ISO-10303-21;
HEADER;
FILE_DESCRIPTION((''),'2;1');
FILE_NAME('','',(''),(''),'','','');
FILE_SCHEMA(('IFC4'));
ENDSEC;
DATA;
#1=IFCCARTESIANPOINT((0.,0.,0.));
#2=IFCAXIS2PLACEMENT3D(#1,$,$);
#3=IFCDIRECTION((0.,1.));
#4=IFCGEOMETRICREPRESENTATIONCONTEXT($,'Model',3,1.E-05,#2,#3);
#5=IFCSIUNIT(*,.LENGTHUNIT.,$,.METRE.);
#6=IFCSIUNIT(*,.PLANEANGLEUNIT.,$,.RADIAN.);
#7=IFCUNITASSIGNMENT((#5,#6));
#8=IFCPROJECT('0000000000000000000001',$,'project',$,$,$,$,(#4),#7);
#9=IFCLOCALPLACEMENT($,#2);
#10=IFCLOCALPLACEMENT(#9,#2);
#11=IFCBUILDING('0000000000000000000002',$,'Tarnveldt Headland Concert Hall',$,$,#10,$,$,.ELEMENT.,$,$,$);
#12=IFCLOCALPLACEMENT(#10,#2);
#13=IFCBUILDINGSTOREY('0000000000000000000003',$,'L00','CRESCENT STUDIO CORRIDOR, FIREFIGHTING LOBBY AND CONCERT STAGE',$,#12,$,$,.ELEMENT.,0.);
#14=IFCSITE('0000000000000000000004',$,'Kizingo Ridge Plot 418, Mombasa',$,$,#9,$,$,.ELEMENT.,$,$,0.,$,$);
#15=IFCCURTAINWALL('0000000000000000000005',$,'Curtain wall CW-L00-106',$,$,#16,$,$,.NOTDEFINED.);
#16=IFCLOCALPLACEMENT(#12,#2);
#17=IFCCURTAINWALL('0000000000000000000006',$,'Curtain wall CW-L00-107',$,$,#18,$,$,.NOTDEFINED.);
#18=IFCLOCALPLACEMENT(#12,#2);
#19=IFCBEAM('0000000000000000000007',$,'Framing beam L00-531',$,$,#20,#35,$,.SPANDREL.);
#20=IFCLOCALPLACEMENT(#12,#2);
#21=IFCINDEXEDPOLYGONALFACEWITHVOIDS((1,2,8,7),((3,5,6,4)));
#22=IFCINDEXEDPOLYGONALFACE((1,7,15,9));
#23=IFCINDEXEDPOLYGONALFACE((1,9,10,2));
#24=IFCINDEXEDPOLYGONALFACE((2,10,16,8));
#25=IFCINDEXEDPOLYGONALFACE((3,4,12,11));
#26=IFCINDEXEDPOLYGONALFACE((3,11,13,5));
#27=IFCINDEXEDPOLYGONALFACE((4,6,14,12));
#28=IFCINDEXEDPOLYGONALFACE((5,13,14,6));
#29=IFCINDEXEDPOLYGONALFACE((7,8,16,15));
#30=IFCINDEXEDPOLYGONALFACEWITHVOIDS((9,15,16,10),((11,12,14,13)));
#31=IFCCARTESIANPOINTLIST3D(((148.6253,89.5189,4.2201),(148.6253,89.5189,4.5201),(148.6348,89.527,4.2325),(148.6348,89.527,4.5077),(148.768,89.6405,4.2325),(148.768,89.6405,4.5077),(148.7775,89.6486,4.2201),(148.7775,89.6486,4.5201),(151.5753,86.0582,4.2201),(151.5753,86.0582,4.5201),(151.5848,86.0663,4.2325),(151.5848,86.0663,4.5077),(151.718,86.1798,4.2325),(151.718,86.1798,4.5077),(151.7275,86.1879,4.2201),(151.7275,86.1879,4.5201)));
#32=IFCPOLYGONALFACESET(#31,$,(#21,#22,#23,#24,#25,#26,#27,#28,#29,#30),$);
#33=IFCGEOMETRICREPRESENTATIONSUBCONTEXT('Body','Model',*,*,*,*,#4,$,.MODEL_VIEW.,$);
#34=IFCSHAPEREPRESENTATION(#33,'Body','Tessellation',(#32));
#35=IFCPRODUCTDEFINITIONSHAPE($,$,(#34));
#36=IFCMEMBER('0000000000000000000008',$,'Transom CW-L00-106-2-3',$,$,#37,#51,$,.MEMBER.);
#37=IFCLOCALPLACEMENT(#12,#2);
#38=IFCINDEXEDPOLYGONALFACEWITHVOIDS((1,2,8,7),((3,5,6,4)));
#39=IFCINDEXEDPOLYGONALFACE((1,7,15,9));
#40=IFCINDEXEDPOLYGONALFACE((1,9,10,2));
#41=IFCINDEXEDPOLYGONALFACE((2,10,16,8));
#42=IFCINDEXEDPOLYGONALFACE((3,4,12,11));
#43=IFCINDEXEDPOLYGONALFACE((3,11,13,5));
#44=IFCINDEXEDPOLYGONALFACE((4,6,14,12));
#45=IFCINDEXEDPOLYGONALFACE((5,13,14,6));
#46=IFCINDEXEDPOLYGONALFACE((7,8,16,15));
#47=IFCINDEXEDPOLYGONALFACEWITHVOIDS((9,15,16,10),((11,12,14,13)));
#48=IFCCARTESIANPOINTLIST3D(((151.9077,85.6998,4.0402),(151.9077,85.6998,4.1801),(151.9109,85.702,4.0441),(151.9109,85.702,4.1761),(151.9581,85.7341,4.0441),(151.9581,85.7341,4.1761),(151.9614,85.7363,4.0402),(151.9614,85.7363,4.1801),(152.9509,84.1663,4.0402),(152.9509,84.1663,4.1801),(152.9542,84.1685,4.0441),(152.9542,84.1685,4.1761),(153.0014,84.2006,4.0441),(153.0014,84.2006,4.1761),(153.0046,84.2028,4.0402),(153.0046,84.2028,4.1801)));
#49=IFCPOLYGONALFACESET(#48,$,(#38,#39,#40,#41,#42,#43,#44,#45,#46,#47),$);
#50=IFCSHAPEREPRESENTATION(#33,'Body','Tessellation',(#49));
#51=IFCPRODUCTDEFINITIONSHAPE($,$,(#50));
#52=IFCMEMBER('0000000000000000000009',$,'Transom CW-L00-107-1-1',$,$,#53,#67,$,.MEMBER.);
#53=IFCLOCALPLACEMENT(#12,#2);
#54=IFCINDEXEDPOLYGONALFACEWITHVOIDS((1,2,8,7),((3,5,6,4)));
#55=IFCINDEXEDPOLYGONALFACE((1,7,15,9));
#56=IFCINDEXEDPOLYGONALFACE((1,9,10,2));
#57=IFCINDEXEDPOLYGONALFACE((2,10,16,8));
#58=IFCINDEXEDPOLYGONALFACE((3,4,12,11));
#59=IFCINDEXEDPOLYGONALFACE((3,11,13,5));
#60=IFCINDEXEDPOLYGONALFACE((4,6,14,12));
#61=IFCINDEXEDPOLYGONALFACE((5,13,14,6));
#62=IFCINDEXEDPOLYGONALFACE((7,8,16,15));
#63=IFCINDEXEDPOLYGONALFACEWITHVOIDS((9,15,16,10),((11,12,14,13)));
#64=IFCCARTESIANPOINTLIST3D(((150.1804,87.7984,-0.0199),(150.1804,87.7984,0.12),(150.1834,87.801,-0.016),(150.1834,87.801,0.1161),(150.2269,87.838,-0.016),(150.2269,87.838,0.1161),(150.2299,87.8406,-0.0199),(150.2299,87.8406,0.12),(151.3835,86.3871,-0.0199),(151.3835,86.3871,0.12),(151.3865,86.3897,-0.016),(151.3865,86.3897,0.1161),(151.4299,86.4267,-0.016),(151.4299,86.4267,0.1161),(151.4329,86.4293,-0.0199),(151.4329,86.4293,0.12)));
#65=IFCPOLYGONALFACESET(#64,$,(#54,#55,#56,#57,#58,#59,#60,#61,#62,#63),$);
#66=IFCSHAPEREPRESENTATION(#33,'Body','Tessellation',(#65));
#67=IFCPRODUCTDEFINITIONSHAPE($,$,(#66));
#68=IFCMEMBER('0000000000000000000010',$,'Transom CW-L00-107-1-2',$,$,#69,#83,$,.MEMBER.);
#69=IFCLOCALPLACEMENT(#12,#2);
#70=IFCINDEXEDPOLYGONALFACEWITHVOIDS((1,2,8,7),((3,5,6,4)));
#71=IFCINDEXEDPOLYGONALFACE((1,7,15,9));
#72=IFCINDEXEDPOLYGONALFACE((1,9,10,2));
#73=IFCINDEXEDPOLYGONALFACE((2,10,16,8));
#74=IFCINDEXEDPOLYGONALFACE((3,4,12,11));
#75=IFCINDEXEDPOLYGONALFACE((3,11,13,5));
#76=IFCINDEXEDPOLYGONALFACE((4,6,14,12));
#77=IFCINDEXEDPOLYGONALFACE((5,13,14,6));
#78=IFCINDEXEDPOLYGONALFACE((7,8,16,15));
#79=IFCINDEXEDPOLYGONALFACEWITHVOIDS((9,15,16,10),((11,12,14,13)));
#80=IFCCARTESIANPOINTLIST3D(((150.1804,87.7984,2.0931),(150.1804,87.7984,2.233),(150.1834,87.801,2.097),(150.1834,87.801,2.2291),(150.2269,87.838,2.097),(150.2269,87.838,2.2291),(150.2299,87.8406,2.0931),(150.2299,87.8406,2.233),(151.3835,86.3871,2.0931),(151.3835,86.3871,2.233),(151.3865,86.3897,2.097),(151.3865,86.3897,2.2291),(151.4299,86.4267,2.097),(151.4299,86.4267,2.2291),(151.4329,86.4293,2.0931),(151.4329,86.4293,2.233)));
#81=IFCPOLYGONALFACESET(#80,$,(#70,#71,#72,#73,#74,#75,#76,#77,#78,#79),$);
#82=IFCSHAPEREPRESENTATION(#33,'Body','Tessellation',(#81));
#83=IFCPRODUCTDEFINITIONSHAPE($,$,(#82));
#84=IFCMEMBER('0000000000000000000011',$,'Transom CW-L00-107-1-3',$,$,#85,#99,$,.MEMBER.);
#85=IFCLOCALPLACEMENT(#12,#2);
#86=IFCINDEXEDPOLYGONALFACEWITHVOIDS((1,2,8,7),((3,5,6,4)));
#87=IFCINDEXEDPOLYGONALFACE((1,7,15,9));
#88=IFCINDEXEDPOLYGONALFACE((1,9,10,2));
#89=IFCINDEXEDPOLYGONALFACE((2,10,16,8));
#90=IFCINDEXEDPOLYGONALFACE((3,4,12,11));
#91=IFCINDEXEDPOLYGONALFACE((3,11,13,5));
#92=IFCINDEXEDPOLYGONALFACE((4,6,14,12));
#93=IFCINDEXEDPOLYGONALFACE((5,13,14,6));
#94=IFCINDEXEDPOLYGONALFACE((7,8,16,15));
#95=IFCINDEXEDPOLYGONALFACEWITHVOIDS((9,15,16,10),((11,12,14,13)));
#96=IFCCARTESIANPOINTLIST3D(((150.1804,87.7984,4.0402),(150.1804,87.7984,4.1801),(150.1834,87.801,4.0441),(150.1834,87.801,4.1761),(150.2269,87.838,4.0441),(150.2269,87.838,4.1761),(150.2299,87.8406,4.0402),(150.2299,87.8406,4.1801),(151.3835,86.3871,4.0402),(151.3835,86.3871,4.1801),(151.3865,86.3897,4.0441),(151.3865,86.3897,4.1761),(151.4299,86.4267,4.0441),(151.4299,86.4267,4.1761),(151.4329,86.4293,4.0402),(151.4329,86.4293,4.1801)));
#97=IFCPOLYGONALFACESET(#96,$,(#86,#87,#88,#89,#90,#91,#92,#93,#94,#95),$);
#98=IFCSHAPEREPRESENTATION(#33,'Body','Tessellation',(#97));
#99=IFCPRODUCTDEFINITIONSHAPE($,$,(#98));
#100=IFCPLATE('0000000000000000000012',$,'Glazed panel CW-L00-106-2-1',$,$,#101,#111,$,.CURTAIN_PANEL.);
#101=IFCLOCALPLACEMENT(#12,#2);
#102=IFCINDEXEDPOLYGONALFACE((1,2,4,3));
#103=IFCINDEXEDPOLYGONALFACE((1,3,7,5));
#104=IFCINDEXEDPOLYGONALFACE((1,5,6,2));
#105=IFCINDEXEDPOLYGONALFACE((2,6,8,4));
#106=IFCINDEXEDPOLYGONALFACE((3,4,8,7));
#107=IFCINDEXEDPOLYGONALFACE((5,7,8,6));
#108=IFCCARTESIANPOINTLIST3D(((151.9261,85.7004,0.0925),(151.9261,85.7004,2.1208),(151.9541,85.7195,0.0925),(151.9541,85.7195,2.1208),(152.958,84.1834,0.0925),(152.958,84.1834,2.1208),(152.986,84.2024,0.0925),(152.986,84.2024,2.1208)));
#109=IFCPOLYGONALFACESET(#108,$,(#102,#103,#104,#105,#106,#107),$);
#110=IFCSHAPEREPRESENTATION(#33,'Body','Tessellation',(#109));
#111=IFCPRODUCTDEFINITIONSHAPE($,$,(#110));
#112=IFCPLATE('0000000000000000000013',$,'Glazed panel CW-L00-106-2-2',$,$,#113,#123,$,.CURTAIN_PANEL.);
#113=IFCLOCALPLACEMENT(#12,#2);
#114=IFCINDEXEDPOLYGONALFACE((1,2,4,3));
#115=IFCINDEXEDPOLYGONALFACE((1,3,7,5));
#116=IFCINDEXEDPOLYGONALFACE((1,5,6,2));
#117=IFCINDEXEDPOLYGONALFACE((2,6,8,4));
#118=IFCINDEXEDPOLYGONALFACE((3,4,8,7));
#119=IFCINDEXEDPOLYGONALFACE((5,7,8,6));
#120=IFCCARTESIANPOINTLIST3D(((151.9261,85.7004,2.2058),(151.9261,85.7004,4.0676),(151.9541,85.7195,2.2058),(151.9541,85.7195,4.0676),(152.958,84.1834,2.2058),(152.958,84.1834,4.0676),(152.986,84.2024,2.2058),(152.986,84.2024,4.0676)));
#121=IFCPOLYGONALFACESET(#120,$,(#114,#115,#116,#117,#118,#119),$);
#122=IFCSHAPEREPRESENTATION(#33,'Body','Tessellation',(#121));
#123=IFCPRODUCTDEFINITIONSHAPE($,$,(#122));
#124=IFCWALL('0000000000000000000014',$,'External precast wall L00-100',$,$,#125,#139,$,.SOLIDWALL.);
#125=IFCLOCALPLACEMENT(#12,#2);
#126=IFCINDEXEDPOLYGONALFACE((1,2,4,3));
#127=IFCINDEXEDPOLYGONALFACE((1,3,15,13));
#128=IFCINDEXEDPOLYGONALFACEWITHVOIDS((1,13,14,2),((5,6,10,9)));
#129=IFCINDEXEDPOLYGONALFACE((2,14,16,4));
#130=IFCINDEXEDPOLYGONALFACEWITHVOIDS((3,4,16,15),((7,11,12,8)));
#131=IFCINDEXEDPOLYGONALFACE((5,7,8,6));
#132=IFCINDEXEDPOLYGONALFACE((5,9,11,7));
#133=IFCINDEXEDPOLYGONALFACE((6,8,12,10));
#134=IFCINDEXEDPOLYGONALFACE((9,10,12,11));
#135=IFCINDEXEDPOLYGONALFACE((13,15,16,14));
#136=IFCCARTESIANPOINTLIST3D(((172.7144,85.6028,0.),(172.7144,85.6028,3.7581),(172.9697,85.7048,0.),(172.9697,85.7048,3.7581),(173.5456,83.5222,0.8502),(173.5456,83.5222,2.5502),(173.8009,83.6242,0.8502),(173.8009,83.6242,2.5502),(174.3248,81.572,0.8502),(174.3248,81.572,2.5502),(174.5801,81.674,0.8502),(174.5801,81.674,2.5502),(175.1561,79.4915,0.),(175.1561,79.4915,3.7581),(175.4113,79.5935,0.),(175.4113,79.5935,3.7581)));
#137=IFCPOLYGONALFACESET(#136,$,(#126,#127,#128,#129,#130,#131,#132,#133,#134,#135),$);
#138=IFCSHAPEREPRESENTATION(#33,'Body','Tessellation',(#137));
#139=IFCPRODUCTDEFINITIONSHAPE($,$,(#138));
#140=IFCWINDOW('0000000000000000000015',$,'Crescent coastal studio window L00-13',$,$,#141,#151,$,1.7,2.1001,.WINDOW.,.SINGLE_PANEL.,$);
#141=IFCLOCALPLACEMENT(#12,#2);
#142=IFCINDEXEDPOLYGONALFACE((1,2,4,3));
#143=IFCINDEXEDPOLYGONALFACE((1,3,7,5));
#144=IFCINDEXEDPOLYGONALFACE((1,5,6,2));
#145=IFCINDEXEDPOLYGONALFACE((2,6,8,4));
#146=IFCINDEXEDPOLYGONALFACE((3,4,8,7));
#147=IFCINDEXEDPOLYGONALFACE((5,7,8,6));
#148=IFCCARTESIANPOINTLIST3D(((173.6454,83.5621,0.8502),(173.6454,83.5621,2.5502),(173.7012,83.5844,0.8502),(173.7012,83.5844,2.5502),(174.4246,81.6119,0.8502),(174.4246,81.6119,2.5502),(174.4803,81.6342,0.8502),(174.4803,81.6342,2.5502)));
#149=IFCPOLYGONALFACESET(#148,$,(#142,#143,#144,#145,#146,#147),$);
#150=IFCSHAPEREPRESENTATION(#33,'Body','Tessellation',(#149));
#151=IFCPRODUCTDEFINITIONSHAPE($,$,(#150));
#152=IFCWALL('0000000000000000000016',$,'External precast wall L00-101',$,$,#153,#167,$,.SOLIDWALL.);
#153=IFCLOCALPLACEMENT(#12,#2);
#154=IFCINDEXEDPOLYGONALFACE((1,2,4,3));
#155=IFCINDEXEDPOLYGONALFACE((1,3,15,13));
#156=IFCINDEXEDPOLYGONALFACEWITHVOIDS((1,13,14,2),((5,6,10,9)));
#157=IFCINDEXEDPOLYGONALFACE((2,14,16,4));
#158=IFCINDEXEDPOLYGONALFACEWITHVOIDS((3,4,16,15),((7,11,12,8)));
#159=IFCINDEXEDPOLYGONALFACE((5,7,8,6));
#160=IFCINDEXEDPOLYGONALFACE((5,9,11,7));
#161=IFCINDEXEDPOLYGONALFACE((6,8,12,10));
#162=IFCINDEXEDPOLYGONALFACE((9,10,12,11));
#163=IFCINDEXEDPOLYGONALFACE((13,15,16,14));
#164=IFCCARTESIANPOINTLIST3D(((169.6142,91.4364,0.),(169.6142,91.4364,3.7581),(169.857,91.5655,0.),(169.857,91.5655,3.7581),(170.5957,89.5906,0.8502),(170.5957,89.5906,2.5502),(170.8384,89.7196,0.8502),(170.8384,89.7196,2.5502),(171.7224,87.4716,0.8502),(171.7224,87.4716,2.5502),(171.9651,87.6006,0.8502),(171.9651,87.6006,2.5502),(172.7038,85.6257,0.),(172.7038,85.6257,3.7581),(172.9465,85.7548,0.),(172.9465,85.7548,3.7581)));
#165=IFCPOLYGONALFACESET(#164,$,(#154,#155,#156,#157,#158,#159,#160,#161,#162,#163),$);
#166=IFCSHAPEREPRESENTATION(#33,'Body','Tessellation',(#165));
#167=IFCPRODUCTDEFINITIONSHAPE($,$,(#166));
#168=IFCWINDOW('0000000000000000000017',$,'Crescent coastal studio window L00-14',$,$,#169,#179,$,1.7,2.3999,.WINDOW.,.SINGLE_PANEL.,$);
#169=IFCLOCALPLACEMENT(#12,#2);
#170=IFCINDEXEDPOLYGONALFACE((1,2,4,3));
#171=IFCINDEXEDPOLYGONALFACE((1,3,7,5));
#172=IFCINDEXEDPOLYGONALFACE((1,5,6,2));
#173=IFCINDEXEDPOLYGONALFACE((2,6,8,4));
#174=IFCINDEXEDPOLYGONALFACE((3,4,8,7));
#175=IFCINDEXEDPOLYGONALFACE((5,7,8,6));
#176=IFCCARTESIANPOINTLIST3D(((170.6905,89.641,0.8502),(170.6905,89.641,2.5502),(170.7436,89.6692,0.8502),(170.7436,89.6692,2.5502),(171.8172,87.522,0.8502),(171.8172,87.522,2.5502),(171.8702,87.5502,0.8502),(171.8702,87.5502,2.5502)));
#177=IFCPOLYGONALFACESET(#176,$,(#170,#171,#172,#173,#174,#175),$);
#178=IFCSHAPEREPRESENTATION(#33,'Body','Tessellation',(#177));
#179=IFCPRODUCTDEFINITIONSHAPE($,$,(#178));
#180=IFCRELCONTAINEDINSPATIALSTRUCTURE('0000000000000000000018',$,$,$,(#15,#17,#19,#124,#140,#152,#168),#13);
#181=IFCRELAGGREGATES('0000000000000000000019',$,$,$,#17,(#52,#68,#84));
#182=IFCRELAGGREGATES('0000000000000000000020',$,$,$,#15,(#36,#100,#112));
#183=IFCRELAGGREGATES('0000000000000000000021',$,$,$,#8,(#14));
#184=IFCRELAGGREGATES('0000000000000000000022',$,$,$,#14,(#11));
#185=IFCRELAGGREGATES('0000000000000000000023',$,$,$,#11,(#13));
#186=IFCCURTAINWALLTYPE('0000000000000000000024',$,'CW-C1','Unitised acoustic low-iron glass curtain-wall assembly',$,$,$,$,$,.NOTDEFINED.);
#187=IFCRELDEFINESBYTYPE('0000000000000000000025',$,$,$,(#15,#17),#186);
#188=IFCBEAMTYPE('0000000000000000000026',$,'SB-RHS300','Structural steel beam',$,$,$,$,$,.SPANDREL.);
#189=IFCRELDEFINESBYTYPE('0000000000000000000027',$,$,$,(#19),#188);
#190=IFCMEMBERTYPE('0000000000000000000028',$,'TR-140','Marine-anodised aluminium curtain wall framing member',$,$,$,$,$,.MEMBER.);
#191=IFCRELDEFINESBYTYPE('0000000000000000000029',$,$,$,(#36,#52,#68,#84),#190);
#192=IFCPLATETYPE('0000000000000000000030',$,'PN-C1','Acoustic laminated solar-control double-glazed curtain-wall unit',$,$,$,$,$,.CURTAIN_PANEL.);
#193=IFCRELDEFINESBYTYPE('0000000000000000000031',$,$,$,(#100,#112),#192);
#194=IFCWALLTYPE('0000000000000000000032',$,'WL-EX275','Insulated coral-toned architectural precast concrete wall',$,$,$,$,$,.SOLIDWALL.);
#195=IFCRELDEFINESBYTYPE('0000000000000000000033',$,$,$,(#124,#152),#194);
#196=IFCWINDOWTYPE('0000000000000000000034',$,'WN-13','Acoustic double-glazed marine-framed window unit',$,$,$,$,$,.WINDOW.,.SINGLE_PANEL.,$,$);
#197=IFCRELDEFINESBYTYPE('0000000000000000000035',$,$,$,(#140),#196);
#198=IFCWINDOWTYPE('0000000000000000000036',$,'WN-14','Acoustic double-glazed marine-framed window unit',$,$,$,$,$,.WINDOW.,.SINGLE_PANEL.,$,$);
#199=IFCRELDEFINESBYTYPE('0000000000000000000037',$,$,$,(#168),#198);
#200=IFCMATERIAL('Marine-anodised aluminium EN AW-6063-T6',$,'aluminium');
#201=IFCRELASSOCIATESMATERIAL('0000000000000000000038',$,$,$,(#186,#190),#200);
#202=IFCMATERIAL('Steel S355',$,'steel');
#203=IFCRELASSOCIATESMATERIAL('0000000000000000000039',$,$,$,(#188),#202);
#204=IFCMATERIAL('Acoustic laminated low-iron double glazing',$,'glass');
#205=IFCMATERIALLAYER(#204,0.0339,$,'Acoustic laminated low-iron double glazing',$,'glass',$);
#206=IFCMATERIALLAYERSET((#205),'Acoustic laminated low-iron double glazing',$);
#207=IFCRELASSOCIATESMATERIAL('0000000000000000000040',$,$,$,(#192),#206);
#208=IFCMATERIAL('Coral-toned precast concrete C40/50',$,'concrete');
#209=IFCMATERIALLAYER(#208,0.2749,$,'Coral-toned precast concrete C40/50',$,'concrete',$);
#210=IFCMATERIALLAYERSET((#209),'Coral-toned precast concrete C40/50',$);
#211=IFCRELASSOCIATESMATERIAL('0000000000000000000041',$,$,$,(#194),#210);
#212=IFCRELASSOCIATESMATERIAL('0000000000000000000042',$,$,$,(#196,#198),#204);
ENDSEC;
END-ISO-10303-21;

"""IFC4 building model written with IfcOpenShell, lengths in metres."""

from ifc_helpers import new_model, si_unit, direction, frame, frame_2d, origin, origin_2d, place, context, subcontext, project, spatial, rectangle, hollow_rectangle, extrude, material, layer, layer_set, material_profile, profile_set, type_object, element, fill, aggregate, save


model = new_model("IFC4")

# Units and contexts
model_context = context("Model", 3, precision=1e-05, world=origin(), true_north=direction((0.0, 1.0)))
body_context = subcontext(model_context, "Body", "Model", "MODEL_VIEW")
ifc_project = project(units=[si_unit("LENGTHUNIT", "METRE"), si_unit("PLANEANGLEUNIT", "RADIAN")], contexts=[model_context])

# Site, building, storey
site_placement = place(None, origin())
site = spatial("IfcSite", under=ifc_project, at=site_placement, Name="Kizingo Ridge Plot 418, Mombasa", CompositionType="ELEMENT", RefElevation=0.0)
building_placement = place(site_placement, origin())
building = spatial("IfcBuilding", under=site, at=building_placement, Name="Tarnveldt Headland Concert Hall", CompositionType="ELEMENT")
storey_placement = place(building_placement, origin())
storey = spatial("IfcBuildingStorey", under=building, at=storey_placement, Name="L00", Description="CRESCENT STUDIO CORRIDOR, FIREFIGHTING LOBBY AND CONCERT STAGE", CompositionType="ELEMENT", Elevation=0.0)

# Curtain walls
ifc_material_1 = material(Name="Marine-anodised aluminium EN AW-6063-T6", Category="aluminium")
curtain_wall_type = type_object("IfcCurtainWallType", Name="CW-C1", Description="Unitised acoustic low-iron glass curtain-wall assembly", PredefinedType="NOTDEFINED", material=ifc_material_1)
curtain_wall_1_placement = place(storey_placement, origin())
curtain_wall_1 = element("IfcCurtainWall", 1, at=curtain_wall_1_placement, inside=storey, type_object=curtain_wall_type, Name="Curtain wall CW-L00-106", PredefinedType="NOTDEFINED")
curtain_wall_2_placement = place(storey_placement, origin())
curtain_wall_2 = element("IfcCurtainWall", 2, at=curtain_wall_2_placement, inside=storey, type_object=curtain_wall_type, Name="Curtain wall CW-L00-107", PredefinedType="NOTDEFINED")

# Beam
ifc_material_2 = material(Name="Steel S355", Category="steel")
ifc_material_profile_1 = material_profile(ifc_material_2, hollow_rectangle(XDim=0.2, YDim=0.3, WallThickness=0.0125, at=origin_2d()), Name="RHS 300x200x12.5", Category="steel")
ifc_profile_set_1 = profile_set([ifc_material_profile_1], Name="Steel S355")
beam_type_1 = type_object("IfcBeamType", Name="SB-RHS300", Description="Structural steel beam", PredefinedType="SPANDREL", material=ifc_profile_set_1)
beam_1_placement = place(storey_placement, frame((151.6514, 86.123, 4.3701), z_axis=(-0.648715, 0.761031, 0.0), x_axis=(-0.761031, -0.648715, 0.0)))
element("IfcBeam", 3, at=beam_1_placement, inside=storey, type_object=beam_type_1, Name="Framing beam L00-531", PredefinedType="SPANDREL", context=body_context, shape_type="SweptSolid", body=[
    extrude(hollow_rectangle(XDim=0.2, YDim=0.3, WallThickness=0.0125, at=origin_2d()), origin(), (0.0, 0.0, 1.0), 4.5474),
])

# Members
ifc_material_profile_2 = material_profile(ifc_material_1, hollow_rectangle(XDim=0.0649, YDim=0.1399, WallThickness=0.0039, at=origin_2d()), Name="ALU TRANSOM 65x140x4", Category="aluminium")
ifc_profile_set_2 = profile_set([ifc_material_profile_2], Name="Marine-anodised aluminium EN AW-6063-T6")
member_type_1 = type_object("IfcMemberType", Name="TR-140", Description="Marine-anodised aluminium curtain wall framing member", PredefinedType="MEMBER", material=ifc_profile_set_2)
member_1_placement = place(storey_placement, frame((152.9778, 84.1846, 4.1101), z_axis=(-0.562483, 0.826809, 0.0), x_axis=(-0.826809, -0.562483, 0.0)))
member_1 = element("IfcMember", 4, at=member_1_placement, type_object=member_type_1, Name="Transom CW-L00-106-2-3", PredefinedType="MEMBER", context=body_context, shape_type="SweptSolid", body=[
    extrude(hollow_rectangle(XDim=0.0649, YDim=0.1399, WallThickness=0.0039, at=origin_2d()), origin(), (0.0, 0.0, 1.0), 1.8547),
])
member_2_placement = place(storey_placement, frame((151.4082, 86.4082, 0.05), z_axis=(-0.648729, 0.761019, 0.0), x_axis=(-0.761019, -0.648729, 0.0)))
member_2 = element("IfcMember", 5, at=member_2_placement, type_object=member_type_1, Name="Transom CW-L00-107-1-1", PredefinedType="MEMBER", context=body_context, shape_type="SweptSolid", body=[
    extrude(hollow_rectangle(XDim=0.0649, YDim=0.1399, WallThickness=0.0039, at=origin_2d()), origin(), (0.0, 0.0, 1.0), 1.8545),
])
member_3_placement = place(storey_placement, frame((151.4082, 86.4082, 2.1631), z_axis=(-0.648729, 0.761019, 0.0), x_axis=(-0.761019, -0.648729, 0.0)))
member_3 = element("IfcMember", 6, at=member_3_placement, type_object=member_type_1, Name="Transom CW-L00-107-1-2", PredefinedType="MEMBER", context=body_context, shape_type="SweptSolid", body=[
    extrude(hollow_rectangle(XDim=0.0649, YDim=0.1399, WallThickness=0.0039, at=origin_2d()), origin(), (0.0, 0.0, 1.0), 1.8545),
])
member_4_placement = place(storey_placement, frame((151.4082, 86.4082, 4.1101), z_axis=(-0.648729, 0.761019, 0.0), x_axis=(-0.761019, -0.648729, 0.0)))
member_4 = element("IfcMember", 7, at=member_4_placement, type_object=member_type_1, Name="Transom CW-L00-107-1-3", PredefinedType="MEMBER", context=body_context, shape_type="SweptSolid", body=[
    extrude(hollow_rectangle(XDim=0.0649, YDim=0.1399, WallThickness=0.0039, at=origin_2d()), origin(), (0.0, 0.0, 1.0), 1.8545),
])
aggregate(curtain_wall_2, [member_2, member_3, member_4])

# Plates
ifc_material_3 = material(Name="Acoustic laminated low-iron double glazing", Category="glass")
ifc_layer_1 = layer(ifc_material_3, 0.0339, Name="Acoustic laminated low-iron double glazing", Category="glass")
ifc_layer_set_1 = layer_set([ifc_layer_1], Name="Acoustic laminated low-iron double glazing")
plate_type = type_object("IfcPlateType", Name="PN-C1", Description="Acoustic laminated solar-control double-glazed curtain-wall unit", PredefinedType="CURTAIN_PANEL", material=ifc_layer_set_1)
plate_1_placement = place(storey_placement, frame((152.4561, 84.9514, 0.0925), z_axis=(0.0, 0.0, 1.0), x_axis=(-0.56243, 0.826845, 0.0)))
plate_1 = element("IfcPlate", 8, at=plate_1_placement, type_object=plate_type, Name="Glazed panel CW-L00-106-2-1", PredefinedType="CURTAIN_PANEL", context=body_context, shape_type="SweptSolid", body=[
    extrude(rectangle(XDim=1.8347, YDim=0.0339, at=origin_2d()), origin(), (0.0, 0.0, 1.0), 2.0283),
])
plate_2_placement = place(storey_placement, frame((152.4561, 84.9514, 2.2058), z_axis=(0.0, 0.0, 1.0), x_axis=(-0.56243, 0.826845, 0.0)))
plate_2 = element("IfcPlate", 9, at=plate_2_placement, type_object=plate_type, Name="Glazed panel CW-L00-106-2-2", PredefinedType="CURTAIN_PANEL", context=body_context, shape_type="SweptSolid", body=[
    extrude(rectangle(XDim=1.8347, YDim=0.0339, at=origin_2d()), origin(), (0.0, 0.0, 1.0), 1.8618),
])
aggregate(curtain_wall_1, [member_1, plate_1, plate_2])

# Walls, openings, windows
ifc_material_4 = material(Name="Coral-toned precast concrete C40/50", Category="concrete")
ifc_layer_2 = layer(ifc_material_4, 0.2749, Name="Coral-toned precast concrete C40/50", Category="concrete")
ifc_layer_set_2 = layer_set([ifc_layer_2], Name="Coral-toned precast concrete C40/50")
wall_type_1 = type_object("IfcWallType", Name="WL-EX275", Description="Insulated coral-toned architectural precast concrete wall", PredefinedType="SOLIDWALL", material=ifc_layer_set_2)
wall_1_placement = place(storey_placement, frame((172.842, 85.6538, 0.0), z_axis=(0.0, 0.0, 1.0), x_axis=(0.371013, -0.928628, 0.0)))
wall_1 = element("IfcWall", 10, at=wall_1_placement, inside=storey, type_object=wall_type_1, Name="External precast wall L00-100", PredefinedType="SOLIDWALL", context=body_context, shape_type="SweptSolid", body=[
    extrude(rectangle(XDim=6.5811, YDim=0.2749, at=frame_2d((3.2905, 0.0))), origin(), (0.0, 0.0, 1.0), 3.7581),
])
opening_1_placement = place(wall_1_placement, frame((2.2405, 0.0, 0.8501)))
opening_1 = element("IfcOpeningElement", 11, at=opening_1_placement, cuts=wall_1, PredefinedType="OPENING", context=body_context, shape_type="SweptSolid", body=[
    extrude(rectangle(XDim=2.1001, YDim=1.7, at=frame_2d((1.05, 0.8501))), frame((0.0, 0.1475, 0.0), z_axis=(0.0, -1.0, 0.0), x_axis=(1.0, 0.0, 0.0)), (0.0, 0.0, 1.0), 0.2949),
])
window_type_1 = type_object("IfcWindowType", Name="WN-13", Description="Acoustic double-glazed marine-framed window unit", PartitioningType="SINGLE_PANEL", PredefinedType="WINDOW", material=ifc_material_3)
window_1_placement = place(opening_1_placement, origin())
window_1 = element("IfcWindow", 12, at=window_1_placement, inside=storey, type_object=window_type_1, Name="Crescent coastal studio window L00-13", OverallHeight=1.7, OverallWidth=2.1001, PartitioningType="SINGLE_PANEL", PredefinedType="WINDOW", context=body_context, shape_type="SweptSolid", body=[
    extrude(rectangle(XDim=2.1001, YDim=1.7, at=frame_2d((1.05, 0.8501))), frame((0.0, 0.03, 0.0), z_axis=(0.0, -1.0, 0.0), x_axis=(1.0, 0.0, 0.0)), (0.0, 0.0, 1.0), 0.0601),
])
fill(opening_1, window_1)
wall_2_placement = place(storey_placement, frame((169.7356, 91.501, 0.0), z_axis=(0.0, 0.0, 1.0), x_axis=(0.469465, -0.882951, 0.0)))
wall_2 = element("IfcWall", 13, at=wall_2_placement, inside=storey, type_object=wall_type_1, Name="External precast wall L00-101", PredefinedType="SOLIDWALL", context=body_context, shape_type="SweptSolid", body=[
    extrude(rectangle(XDim=6.5811, YDim=0.2749, at=frame_2d((3.2905, 0.0))), origin(), (0.0, 0.0, 1.0), 3.7581),
])
opening_2_placement = place(wall_2_placement, frame((2.0906, 0.0, 0.8501)))
opening_2 = element("IfcOpeningElement", 14, at=opening_2_placement, cuts=wall_2, PredefinedType="OPENING", context=body_context, shape_type="SweptSolid", body=[
    extrude(rectangle(XDim=2.3999, YDim=1.7, at=frame_2d((1.2, 0.8501))), frame((0.0, 0.1475, 0.0), z_axis=(0.0, -1.0, 0.0), x_axis=(1.0, 0.0, 0.0)), (0.0, 0.0, 1.0), 0.2949),
])
window_type_2 = type_object("IfcWindowType", Name="WN-14", Description="Acoustic double-glazed marine-framed window unit", PartitioningType="SINGLE_PANEL", PredefinedType="WINDOW", material=ifc_material_3)
window_2_placement = place(opening_2_placement, origin())
window_2 = element("IfcWindow", 15, at=window_2_placement, inside=storey, type_object=window_type_2, Name="Crescent coastal studio window L00-14", OverallHeight=1.7, OverallWidth=2.3999, PartitioningType="SINGLE_PANEL", PredefinedType="WINDOW", context=body_context, shape_type="SweptSolid", body=[
    extrude(rectangle(XDim=2.3999, YDim=1.7, at=frame_2d((1.2, 0.8501))), frame((0.0, 0.03, 0.0), z_axis=(0.0, -1.0, 0.0), x_axis=(1.0, 0.0, 0.0)), (0.0, 0.0, 1.0), 0.0601),
])
fill(opening_2, window_2)

save(model, "model.ifc")
